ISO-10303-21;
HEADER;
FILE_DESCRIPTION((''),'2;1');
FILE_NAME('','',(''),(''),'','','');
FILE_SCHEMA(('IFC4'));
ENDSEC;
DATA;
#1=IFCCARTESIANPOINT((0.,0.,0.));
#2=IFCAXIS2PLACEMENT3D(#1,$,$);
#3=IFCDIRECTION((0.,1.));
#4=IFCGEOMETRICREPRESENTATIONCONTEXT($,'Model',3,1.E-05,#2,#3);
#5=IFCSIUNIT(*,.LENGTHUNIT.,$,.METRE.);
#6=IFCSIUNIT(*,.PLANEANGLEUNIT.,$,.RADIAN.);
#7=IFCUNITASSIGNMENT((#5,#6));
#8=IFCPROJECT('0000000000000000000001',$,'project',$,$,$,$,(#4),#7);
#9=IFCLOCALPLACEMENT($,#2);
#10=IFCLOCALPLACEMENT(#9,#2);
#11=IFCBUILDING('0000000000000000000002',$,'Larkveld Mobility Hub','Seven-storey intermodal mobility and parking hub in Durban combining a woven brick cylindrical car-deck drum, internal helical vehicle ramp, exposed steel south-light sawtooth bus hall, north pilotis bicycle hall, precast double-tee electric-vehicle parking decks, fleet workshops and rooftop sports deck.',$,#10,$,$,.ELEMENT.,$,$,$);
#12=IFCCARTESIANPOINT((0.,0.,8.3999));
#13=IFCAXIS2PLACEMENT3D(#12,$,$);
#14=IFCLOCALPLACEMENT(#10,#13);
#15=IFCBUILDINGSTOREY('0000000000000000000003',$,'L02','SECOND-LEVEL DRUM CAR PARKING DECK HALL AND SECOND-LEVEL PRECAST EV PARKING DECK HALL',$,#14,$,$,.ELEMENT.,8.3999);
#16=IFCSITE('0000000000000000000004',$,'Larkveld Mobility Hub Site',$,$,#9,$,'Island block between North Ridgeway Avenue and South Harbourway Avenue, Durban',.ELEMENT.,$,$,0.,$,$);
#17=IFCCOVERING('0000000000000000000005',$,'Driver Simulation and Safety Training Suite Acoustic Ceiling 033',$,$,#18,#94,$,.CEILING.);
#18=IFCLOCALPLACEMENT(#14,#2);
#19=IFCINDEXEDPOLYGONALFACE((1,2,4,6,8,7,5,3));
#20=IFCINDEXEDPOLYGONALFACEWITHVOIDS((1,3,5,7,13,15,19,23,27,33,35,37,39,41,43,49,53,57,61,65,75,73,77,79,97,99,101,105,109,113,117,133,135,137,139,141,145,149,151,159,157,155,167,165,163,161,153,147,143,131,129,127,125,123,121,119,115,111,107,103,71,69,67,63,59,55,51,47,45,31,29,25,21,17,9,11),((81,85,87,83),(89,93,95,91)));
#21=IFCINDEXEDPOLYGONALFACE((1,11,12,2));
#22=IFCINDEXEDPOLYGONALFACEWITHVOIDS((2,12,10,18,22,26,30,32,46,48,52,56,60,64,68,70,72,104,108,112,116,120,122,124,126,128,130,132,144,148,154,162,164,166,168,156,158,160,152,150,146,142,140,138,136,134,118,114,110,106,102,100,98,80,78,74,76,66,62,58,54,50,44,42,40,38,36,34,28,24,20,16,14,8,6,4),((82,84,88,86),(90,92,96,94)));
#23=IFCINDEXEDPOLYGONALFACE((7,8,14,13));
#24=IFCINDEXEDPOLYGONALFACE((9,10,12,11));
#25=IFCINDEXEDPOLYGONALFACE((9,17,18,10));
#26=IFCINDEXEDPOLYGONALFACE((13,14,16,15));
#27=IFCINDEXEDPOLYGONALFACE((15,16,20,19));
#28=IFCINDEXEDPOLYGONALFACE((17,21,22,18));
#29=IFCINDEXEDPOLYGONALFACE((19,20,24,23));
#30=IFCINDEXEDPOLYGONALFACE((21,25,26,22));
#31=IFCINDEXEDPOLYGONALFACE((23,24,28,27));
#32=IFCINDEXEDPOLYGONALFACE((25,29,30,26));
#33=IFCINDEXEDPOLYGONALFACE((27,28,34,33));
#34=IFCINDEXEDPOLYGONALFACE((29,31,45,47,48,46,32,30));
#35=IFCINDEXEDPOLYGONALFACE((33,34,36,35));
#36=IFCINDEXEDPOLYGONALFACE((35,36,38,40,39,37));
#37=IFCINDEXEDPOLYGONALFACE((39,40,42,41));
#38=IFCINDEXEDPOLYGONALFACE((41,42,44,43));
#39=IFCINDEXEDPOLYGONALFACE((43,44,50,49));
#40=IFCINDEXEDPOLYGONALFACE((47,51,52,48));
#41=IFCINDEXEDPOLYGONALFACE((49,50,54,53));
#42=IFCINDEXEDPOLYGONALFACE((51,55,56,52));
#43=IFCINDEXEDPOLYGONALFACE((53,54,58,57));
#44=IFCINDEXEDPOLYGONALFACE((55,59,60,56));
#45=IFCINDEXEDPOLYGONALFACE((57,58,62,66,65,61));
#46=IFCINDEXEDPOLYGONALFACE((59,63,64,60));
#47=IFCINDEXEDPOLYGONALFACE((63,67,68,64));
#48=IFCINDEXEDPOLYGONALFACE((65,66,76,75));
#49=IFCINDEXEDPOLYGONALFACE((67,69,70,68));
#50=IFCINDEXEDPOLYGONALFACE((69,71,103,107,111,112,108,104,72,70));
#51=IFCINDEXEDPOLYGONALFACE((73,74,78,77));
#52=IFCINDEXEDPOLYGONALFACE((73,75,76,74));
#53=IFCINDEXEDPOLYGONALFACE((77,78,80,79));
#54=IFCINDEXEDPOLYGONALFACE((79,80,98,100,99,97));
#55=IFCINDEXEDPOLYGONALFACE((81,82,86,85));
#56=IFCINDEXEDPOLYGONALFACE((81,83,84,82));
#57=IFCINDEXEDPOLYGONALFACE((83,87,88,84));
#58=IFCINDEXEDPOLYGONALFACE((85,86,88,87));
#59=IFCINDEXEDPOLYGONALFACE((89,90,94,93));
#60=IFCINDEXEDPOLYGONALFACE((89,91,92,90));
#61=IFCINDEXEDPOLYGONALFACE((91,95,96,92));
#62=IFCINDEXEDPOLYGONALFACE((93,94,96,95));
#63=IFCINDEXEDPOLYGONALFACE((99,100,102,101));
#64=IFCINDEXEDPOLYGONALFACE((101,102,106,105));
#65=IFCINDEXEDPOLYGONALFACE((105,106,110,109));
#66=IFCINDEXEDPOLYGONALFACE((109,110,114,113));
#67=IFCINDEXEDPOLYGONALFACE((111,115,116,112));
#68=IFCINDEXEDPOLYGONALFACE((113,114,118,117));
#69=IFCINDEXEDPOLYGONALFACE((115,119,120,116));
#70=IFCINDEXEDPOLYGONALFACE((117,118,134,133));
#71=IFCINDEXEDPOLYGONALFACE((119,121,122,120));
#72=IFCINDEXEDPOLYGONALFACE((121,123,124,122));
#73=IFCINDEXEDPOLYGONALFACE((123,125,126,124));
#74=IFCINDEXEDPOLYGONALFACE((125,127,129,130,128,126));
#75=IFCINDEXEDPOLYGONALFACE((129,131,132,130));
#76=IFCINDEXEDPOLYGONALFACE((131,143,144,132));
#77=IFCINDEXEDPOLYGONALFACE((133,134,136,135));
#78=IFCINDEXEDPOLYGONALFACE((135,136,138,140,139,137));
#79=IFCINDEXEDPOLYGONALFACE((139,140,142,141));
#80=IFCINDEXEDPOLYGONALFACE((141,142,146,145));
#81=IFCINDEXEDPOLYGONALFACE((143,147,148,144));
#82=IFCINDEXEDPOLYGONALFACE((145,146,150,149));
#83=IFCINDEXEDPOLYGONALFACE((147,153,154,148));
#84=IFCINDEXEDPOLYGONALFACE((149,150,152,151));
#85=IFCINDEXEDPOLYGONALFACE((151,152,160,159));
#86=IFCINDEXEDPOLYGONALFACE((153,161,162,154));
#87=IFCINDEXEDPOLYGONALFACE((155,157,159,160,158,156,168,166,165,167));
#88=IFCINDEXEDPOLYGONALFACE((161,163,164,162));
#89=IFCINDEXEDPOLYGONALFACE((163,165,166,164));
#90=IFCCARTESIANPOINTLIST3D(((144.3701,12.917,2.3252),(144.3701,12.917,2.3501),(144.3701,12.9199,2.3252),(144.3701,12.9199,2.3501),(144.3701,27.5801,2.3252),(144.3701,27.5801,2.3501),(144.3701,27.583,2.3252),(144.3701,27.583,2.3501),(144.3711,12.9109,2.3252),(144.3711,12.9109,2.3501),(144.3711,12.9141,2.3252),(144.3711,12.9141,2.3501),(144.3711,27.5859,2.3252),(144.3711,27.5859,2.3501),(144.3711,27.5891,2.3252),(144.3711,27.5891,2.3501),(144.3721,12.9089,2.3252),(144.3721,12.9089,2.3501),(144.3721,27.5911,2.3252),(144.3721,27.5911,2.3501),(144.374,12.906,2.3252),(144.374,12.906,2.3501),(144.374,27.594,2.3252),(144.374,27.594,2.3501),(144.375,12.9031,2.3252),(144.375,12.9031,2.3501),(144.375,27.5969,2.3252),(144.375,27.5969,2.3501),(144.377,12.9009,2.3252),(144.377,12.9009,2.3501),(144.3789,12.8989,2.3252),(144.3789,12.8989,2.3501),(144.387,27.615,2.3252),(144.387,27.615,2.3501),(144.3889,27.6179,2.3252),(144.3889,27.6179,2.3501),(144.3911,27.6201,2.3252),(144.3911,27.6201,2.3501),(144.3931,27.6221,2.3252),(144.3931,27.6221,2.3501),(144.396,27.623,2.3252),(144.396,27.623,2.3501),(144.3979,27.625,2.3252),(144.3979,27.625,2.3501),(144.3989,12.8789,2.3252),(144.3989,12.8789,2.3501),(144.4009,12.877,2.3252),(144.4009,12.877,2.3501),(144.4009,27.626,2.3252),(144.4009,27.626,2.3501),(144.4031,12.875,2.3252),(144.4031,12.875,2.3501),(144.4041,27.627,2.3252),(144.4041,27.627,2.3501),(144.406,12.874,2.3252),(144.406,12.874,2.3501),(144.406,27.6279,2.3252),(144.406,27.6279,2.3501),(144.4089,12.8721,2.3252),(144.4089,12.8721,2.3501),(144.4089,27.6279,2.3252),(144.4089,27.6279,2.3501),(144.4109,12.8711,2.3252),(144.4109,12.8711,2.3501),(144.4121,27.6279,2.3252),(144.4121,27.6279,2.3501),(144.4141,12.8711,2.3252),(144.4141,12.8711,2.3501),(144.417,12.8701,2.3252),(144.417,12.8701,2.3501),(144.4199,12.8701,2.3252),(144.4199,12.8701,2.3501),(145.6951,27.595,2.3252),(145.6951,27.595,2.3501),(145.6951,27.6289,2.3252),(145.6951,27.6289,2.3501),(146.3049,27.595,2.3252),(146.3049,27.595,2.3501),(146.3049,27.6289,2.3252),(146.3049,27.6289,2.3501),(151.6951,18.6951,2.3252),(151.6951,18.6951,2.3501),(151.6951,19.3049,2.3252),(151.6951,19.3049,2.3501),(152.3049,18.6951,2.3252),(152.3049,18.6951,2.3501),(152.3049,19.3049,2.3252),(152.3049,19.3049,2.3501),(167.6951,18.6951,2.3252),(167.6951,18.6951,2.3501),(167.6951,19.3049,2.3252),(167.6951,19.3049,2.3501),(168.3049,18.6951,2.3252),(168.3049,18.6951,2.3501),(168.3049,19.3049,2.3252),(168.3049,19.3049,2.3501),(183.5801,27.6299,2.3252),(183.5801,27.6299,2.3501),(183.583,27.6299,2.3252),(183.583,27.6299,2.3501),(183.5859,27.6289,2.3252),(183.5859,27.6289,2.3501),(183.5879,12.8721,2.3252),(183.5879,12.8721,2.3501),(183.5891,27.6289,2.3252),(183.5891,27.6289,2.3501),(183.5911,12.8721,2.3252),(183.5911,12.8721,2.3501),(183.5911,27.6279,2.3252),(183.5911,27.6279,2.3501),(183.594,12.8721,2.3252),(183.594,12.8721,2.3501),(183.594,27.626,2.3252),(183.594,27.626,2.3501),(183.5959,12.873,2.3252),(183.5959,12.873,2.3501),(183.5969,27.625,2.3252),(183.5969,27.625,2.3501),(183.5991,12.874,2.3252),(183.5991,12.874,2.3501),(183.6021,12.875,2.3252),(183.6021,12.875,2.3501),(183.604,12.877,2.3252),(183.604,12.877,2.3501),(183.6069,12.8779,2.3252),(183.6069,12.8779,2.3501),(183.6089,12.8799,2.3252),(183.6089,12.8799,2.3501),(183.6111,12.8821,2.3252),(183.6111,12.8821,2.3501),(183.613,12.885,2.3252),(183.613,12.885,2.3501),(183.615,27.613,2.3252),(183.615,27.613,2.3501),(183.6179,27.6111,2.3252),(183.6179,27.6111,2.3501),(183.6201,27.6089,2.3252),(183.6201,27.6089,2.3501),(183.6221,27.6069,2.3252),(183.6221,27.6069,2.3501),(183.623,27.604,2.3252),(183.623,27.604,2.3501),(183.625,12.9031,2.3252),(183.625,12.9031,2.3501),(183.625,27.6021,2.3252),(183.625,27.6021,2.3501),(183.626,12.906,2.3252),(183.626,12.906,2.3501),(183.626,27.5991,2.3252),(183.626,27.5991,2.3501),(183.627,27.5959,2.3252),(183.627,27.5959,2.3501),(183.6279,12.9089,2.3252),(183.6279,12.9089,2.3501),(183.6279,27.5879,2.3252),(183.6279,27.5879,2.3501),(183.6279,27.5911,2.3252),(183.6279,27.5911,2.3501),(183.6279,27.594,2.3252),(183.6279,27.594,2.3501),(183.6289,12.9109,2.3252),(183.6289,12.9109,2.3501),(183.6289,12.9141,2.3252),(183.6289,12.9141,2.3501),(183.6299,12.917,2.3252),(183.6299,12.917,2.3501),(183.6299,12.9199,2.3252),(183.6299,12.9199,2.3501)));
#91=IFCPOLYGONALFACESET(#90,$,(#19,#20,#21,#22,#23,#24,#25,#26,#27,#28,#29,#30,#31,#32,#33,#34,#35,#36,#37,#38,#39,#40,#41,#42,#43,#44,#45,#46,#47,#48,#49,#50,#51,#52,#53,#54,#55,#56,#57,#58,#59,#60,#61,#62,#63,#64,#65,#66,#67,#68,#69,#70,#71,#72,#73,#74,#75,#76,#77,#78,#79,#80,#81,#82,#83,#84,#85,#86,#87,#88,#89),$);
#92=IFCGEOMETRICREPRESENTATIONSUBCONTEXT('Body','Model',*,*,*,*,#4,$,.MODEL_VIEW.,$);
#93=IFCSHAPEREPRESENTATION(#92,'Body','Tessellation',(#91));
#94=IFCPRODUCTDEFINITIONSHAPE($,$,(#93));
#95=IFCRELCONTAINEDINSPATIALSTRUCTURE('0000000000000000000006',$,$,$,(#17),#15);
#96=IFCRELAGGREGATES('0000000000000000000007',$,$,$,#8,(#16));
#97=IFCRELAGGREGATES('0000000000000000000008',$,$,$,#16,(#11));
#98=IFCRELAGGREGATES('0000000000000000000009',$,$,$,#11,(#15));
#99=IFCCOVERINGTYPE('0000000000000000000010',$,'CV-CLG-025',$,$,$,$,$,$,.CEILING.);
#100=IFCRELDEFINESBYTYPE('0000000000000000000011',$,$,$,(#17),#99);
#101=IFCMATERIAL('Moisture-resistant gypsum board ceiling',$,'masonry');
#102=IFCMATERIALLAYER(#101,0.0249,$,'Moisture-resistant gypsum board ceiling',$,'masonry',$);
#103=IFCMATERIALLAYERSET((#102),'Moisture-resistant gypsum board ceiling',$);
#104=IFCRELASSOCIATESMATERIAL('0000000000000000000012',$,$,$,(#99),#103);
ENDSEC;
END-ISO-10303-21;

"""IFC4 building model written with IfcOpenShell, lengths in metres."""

from ifc_helpers import new_model, si_unit, direction, frame, origin, place, context, subcontext, project, spatial, polyline, outline, extrude, material, layer, layer_set, type_object, element, save


model = new_model("IFC4")

# Units and contexts
model_context = context("Model", 3, precision=1e-05, world=origin(), true_north=direction((0.0, 1.0)))
body_context = subcontext(model_context, "Body", "Model", "MODEL_VIEW")
ifc_project = project(units=[si_unit("LENGTHUNIT", "METRE"), si_unit("PLANEANGLEUNIT", "RADIAN")], contexts=[model_context])

# Site, building, storey
site_placement = place(None, origin())
site = spatial("IfcSite", under=ifc_project, at=site_placement, Name="Larkveld Mobility Hub Site", LongName="Island block between North Ridgeway Avenue and South Harbourway Avenue, Durban", CompositionType="ELEMENT", RefElevation=0.0)
building_placement = place(site_placement, origin())
building = spatial("IfcBuilding", under=site, at=building_placement, Name="Larkveld Mobility Hub", Description="Seven-storey intermodal mobility and parking hub in Durban combining a woven brick cylindrical car-deck drum, internal helical vehicle ramp, exposed steel south-light sawtooth bus hall, north pilotis bicycle hall, precast double-tee electric-vehicle parking decks, fleet workshops and rooftop sports deck.", CompositionType="ELEMENT")
storey_placement = place(building_placement, frame((0.0, 0.0, 8.3999)))
storey = spatial("IfcBuildingStorey", under=building, at=storey_placement, Name="L02", Description="SECOND-LEVEL DRUM CAR PARKING DECK HALL AND SECOND-LEVEL PRECAST EV PARKING DECK HALL", CompositionType="ELEMENT", Elevation=8.3999)

# Covering
ifc_material_1 = material(Name="Moisture-resistant gypsum board ceiling", Category="masonry")
ifc_layer_1 = layer(ifc_material_1, 0.0249, Name="Moisture-resistant gypsum board ceiling", Category="masonry")
ifc_layer_set_1 = layer_set([ifc_layer_1], Name="Moisture-resistant gypsum board ceiling")
covering_type = type_object("IfcCoveringType", Name="CV-CLG-025", PredefinedType="CEILING", material=ifc_layer_set_1)
covering_placement = place(storey_placement, frame((0.0, 0.0, 2.3252)))
element("IfcCovering", 1, at=covering_placement, inside=storey, type_object=covering_type, Name="Driver Simulation and Safety Training Suite Acoustic Ceiling 033", PredefinedType="CEILING", context=body_context, shape_type="SweptSolid", body=[
    extrude(outline(polyline([(144.417, 12.8701), (144.4141, 12.8711), (144.4109, 12.8711), (144.4089, 12.8721), (144.406, 12.874), (144.4031, 12.875), (144.4009, 12.877), (144.3989, 12.8789), (144.3789, 12.8989), (144.377, 12.9009), (144.375, 12.9031), (144.374, 12.906), (144.3721, 12.9089), (144.3711, 12.9109), (144.3711, 12.9141), (144.3701, 12.917), (144.3701, 12.9199), (144.3701, 27.5801), (144.3701, 27.583), (144.3711, 27.5859), (144.3711, 27.5891), (144.3721, 27.5911), (144.374, 27.594), (144.375, 27.5969), (144.387, 27.615), (144.3889, 27.6179), (144.3911, 27.6201), (144.3931, 27.6221), (144.396, 27.623), (144.3979, 27.625), (144.4009, 27.626), (144.4041, 27.627), (144.406, 27.6279), (144.4089, 27.6279), (144.4121, 27.6279), (145.6951, 27.6289), (145.6951, 27.595), (146.3049, 27.595), (146.3049, 27.6289), (183.5801, 27.6299), (183.583, 27.6299), (183.5859, 27.6289), (183.5891, 27.6289), (183.5911, 27.6279), (183.594, 27.626), (183.5969, 27.625), (183.615, 27.613), (183.6179, 27.6111), (183.6201, 27.6089), (183.6221, 27.6069), (183.623, 27.604), (183.625, 27.6021), (183.626, 27.5991), (183.627, 27.5959), (183.6279, 27.594), (183.6279, 27.5911), (183.6279, 27.5879), (183.6299, 12.9199), (183.6299, 12.917), (183.6289, 12.9141), (183.6289, 12.9109), (183.6279, 12.9089), (183.626, 12.906), (183.625, 12.9031), (183.613, 12.885), (183.6111, 12.8821), (183.6089, 12.8799), (183.6069, 12.8779), (183.604, 12.877), (183.6021, 12.875), (183.5991, 12.874), (183.5959, 12.873), (183.594, 12.8721), (183.5911, 12.8721), (183.5879, 12.8721), (144.4199, 12.8701), (144.417, 12.8701)]), holes=[polyline([(151.6951, 18.6951), (152.3049, 18.6951), (152.3049, 19.3049), (151.6951, 19.3049), (151.6951, 18.6951)]), polyline([(167.6951, 19.3049), (167.6951, 18.6951), (168.3049, 18.6951), (168.3049, 19.3049), (167.6951, 19.3049)])]), origin(), (0.0, 0.0, 1.0), 0.0249),
])

save(model, "model.ifc")
